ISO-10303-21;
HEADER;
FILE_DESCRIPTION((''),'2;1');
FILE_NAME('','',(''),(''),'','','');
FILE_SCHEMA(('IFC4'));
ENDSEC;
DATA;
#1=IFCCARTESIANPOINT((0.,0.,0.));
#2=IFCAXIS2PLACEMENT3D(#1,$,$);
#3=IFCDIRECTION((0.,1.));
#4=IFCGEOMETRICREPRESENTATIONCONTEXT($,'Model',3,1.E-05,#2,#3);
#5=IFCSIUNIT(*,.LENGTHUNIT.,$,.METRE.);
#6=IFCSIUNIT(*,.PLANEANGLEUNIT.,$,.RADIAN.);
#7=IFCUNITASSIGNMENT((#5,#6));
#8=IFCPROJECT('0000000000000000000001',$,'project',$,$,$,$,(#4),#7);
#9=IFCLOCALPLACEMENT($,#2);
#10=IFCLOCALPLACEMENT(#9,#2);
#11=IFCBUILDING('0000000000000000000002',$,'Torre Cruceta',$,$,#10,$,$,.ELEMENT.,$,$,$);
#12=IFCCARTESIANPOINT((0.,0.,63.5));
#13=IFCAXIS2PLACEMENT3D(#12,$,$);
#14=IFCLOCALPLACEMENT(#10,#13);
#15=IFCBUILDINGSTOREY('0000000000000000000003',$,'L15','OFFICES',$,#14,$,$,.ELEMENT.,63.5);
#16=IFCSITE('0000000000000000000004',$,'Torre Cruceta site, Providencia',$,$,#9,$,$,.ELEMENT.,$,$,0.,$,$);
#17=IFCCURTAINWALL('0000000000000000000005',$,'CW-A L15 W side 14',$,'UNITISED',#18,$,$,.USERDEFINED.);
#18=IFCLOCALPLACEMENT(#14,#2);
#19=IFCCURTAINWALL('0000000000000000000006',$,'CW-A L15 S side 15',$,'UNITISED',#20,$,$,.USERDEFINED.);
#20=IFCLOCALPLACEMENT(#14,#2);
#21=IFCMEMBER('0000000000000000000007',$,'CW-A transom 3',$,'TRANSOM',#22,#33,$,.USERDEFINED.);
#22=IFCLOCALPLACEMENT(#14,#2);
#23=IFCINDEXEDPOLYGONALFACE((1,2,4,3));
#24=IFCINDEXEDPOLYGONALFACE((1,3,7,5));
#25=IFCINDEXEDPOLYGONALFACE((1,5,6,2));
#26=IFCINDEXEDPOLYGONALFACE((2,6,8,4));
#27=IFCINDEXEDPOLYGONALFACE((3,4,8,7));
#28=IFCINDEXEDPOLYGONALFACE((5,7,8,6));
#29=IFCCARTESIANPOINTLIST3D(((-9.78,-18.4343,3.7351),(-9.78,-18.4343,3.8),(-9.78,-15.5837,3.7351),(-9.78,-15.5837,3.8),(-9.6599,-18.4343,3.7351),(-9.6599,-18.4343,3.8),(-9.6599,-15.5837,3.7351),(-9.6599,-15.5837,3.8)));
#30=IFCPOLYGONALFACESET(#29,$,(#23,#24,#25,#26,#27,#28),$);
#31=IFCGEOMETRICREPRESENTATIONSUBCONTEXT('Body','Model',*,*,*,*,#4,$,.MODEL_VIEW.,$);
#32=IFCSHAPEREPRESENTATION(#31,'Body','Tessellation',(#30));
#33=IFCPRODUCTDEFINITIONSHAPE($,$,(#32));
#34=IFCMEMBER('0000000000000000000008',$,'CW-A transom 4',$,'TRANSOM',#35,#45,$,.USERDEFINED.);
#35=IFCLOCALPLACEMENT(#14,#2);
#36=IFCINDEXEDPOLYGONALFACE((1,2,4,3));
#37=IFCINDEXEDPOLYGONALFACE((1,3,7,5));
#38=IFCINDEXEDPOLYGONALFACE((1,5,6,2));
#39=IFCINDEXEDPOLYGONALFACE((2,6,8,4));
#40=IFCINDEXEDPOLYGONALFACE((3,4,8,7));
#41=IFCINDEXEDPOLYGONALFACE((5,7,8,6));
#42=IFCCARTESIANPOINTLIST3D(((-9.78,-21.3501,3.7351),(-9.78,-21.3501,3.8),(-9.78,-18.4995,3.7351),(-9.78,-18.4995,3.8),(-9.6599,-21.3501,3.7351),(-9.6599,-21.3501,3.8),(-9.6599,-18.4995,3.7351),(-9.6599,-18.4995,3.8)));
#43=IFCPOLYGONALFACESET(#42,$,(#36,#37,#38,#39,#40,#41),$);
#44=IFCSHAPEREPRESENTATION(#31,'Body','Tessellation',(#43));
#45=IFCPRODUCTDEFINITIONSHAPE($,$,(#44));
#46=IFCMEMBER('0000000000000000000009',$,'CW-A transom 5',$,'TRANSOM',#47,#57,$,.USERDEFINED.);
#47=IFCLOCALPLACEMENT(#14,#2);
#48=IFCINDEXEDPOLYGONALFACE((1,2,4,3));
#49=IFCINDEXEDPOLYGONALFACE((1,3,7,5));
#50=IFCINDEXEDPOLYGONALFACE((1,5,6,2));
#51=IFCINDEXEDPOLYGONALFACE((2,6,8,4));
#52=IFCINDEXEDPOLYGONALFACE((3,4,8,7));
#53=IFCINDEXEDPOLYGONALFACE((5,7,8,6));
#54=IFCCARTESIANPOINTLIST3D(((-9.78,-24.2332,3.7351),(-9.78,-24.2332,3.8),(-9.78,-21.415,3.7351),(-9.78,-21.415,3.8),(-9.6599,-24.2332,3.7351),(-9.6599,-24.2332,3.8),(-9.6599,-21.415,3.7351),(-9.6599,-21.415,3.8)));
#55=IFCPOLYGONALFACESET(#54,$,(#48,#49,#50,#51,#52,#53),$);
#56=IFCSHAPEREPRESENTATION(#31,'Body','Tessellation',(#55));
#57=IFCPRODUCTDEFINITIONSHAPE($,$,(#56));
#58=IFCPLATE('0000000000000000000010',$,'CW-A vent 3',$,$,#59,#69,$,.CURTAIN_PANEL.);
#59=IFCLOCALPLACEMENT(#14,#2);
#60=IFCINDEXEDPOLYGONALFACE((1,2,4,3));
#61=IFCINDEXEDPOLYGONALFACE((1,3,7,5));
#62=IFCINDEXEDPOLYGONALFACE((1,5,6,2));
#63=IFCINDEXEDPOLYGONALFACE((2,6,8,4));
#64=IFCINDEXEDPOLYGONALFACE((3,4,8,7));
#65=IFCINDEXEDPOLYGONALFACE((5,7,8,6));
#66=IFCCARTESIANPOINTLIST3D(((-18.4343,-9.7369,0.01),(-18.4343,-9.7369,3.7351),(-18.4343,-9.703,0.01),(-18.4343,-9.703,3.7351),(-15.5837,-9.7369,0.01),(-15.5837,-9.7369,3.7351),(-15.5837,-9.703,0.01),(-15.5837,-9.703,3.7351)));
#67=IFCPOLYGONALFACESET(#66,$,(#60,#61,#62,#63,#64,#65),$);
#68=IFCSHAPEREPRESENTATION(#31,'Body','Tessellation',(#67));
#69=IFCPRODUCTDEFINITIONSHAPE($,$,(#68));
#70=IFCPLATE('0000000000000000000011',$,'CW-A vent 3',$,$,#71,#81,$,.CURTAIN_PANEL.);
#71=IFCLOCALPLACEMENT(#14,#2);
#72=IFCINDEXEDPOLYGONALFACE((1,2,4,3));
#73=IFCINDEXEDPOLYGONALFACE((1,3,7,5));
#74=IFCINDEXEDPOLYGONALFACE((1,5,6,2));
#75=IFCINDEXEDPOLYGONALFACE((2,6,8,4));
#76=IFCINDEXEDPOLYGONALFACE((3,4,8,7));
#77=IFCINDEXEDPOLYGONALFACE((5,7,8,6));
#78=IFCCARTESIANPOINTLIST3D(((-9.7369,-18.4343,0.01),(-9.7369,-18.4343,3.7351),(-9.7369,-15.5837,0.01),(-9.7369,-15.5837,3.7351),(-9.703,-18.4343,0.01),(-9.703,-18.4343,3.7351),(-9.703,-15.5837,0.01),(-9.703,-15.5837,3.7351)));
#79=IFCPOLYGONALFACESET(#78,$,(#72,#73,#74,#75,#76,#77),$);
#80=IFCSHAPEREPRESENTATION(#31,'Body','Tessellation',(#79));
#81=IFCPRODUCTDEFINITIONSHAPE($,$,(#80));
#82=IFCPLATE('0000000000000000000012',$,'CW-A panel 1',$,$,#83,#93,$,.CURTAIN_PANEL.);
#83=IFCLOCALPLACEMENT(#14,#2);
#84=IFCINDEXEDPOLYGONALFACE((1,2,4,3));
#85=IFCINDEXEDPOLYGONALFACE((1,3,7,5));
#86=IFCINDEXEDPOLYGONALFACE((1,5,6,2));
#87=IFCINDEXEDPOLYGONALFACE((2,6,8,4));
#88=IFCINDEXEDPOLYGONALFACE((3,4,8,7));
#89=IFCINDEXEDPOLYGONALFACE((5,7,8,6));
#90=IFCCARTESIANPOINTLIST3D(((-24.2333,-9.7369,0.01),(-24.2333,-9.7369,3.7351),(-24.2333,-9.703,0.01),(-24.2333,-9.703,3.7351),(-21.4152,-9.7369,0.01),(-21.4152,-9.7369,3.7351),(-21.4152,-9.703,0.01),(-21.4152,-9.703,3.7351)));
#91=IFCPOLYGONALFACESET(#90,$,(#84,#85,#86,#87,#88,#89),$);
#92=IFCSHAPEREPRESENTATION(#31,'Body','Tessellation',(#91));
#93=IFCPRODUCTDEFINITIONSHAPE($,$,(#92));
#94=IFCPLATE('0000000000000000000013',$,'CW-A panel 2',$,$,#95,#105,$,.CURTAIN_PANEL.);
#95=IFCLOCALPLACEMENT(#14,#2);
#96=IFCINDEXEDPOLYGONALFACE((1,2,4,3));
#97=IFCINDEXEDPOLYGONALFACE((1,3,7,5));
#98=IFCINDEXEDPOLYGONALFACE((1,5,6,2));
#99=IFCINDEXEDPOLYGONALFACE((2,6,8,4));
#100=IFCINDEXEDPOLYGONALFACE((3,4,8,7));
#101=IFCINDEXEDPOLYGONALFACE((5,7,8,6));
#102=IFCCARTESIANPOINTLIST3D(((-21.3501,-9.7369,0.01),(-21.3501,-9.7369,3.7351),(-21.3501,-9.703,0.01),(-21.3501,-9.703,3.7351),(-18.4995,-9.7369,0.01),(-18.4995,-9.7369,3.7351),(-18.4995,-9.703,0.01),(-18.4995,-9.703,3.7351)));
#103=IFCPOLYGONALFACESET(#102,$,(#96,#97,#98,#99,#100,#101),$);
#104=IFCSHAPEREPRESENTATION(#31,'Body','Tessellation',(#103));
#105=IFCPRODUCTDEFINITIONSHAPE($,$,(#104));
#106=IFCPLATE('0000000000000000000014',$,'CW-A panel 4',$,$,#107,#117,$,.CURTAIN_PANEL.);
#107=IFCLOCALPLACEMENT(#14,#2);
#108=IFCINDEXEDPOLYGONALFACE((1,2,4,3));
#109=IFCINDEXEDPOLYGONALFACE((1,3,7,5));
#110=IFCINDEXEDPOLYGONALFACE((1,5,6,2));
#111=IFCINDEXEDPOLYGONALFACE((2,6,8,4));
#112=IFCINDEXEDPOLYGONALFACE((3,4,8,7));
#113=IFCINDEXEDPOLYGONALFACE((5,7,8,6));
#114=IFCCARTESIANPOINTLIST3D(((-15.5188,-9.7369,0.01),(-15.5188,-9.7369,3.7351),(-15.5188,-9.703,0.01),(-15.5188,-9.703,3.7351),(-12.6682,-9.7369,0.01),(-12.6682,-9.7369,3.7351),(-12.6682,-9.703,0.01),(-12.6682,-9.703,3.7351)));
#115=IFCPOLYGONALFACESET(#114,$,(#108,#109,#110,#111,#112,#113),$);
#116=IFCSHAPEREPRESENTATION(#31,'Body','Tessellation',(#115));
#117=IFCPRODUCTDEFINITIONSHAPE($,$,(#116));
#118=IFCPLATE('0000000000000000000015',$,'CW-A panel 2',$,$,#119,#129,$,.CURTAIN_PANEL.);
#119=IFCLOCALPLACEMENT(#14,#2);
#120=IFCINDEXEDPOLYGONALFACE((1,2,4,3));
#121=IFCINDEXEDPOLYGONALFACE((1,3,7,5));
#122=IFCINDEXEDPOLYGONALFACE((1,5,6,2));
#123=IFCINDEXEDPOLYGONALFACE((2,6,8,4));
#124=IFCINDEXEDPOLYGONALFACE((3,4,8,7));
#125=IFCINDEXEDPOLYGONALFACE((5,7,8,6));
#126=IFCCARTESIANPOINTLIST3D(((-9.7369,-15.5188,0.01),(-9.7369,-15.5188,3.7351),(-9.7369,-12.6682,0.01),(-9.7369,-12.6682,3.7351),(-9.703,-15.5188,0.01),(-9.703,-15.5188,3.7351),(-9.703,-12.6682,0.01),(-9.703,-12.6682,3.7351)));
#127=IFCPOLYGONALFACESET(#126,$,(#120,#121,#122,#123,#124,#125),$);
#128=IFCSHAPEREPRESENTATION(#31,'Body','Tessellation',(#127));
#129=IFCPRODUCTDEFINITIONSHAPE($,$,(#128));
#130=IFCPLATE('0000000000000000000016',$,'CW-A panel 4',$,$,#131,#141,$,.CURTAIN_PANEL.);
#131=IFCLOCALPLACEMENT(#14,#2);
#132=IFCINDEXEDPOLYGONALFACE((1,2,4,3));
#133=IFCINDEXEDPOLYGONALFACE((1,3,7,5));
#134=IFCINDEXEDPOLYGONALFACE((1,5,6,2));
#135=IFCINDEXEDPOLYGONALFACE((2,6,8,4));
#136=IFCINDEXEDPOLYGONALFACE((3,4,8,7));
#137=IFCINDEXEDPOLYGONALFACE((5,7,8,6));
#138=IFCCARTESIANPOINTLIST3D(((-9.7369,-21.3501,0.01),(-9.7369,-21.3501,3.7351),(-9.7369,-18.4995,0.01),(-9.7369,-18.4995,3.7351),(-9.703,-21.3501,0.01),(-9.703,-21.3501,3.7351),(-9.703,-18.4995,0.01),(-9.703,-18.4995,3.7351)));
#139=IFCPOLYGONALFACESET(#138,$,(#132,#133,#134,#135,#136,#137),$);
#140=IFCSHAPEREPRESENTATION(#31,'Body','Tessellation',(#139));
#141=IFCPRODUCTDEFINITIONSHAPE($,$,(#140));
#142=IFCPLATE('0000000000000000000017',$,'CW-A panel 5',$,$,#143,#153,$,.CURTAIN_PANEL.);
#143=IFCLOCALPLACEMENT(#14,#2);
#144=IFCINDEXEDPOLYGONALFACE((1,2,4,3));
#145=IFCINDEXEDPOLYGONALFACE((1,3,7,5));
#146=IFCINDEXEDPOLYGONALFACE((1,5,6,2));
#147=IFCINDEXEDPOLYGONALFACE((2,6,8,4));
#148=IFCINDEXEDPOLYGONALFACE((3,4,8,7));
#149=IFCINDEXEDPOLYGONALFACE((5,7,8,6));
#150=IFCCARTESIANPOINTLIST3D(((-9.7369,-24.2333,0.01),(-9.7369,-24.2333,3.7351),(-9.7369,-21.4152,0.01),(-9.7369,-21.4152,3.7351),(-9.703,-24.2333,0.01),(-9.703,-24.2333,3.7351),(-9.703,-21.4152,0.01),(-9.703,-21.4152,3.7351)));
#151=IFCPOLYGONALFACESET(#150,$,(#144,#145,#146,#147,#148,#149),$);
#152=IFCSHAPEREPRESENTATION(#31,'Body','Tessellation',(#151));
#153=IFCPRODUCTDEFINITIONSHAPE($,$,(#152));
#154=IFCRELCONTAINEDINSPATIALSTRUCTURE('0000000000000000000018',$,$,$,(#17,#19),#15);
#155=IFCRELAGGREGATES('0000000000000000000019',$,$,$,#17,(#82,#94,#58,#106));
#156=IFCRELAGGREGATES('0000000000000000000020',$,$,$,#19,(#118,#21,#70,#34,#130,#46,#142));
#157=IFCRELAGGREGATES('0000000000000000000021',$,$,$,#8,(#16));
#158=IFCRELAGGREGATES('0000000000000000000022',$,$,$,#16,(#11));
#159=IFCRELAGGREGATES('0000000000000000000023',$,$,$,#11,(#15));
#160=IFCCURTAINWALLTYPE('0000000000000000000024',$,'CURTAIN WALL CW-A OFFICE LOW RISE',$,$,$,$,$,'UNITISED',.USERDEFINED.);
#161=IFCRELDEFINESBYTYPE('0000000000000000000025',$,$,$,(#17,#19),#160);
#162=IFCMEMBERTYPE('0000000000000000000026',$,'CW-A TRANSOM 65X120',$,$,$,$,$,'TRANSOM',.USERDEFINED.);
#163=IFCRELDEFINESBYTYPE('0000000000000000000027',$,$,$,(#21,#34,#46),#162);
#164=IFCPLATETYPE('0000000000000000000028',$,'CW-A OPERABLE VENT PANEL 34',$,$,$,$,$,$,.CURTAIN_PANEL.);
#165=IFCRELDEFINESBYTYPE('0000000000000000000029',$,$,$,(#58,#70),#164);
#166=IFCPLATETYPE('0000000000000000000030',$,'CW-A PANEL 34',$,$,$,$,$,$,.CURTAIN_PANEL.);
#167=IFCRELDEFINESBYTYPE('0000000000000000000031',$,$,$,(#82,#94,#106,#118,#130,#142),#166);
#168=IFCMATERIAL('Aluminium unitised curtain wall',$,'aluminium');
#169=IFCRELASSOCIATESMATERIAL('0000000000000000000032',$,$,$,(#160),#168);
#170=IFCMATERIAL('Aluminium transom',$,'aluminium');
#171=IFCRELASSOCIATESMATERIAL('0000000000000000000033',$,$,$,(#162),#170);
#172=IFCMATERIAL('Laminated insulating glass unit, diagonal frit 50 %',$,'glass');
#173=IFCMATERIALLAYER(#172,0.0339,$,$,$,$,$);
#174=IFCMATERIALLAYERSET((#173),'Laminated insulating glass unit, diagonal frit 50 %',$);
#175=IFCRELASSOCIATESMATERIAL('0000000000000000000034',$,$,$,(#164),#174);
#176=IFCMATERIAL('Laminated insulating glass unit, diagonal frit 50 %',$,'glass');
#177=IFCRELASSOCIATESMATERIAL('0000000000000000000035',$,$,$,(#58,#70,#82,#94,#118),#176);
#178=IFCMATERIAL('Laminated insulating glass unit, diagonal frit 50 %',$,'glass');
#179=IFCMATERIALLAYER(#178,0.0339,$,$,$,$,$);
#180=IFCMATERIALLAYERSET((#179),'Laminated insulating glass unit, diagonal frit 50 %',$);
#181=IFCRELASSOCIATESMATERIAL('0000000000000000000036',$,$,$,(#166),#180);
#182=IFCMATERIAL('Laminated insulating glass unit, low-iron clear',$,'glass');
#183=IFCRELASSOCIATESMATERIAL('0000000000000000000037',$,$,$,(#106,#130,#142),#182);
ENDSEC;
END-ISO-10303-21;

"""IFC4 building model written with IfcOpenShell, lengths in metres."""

from ifc_helpers import new_model, si_unit, direction, frame, origin, origin_2d, place, context, subcontext, project, spatial, rectangle, extrude, material, layer, layer_set, material_profile, profile_set, type_object, element, aggregate, save


model = new_model("IFC4")

# Units and contexts
model_context = context("Model", 3, precision=1e-05, world=origin(), true_north=direction((0.0, 1.0)))
body_context = subcontext(model_context, "Body", "Model", "MODEL_VIEW")
ifc_project = project(units=[si_unit("LENGTHUNIT", "METRE"), si_unit("PLANEANGLEUNIT", "RADIAN")], contexts=[model_context])

# Site, building, storey
site_placement = place(None, origin())
site = spatial("IfcSite", under=ifc_project, at=site_placement, Name="Torre Cruceta site, Providencia", CompositionType="ELEMENT", RefElevation=0.0)
building_placement = place(site_placement, origin())
building = spatial("IfcBuilding", under=site, at=building_placement, Name="Torre Cruceta", CompositionType="ELEMENT")
storey_placement = place(building_placement, frame((0.0, 0.0, 63.5)))
storey = spatial("IfcBuildingStorey", under=building, at=storey_placement, Name="L15", Description="OFFICES", CompositionType="ELEMENT", Elevation=63.5)

# Curtain walls
ifc_material_1 = material(Name="Aluminium unitised curtain wall", Category="aluminium")
curtain_wall_type = type_object("IfcCurtainWallType", Name="CURTAIN WALL CW-A OFFICE LOW RISE", ElementType="UNITISED", PredefinedType="USERDEFINED", material=ifc_material_1)
curtain_wall_1_placement = place(storey_placement, origin())
curtain_wall_1 = element("IfcCurtainWall", 1, at=curtain_wall_1_placement, inside=storey, type_object=curtain_wall_type, Name="CW-A L15 W side 14", ObjectType="UNITISED", PredefinedType="USERDEFINED")
curtain_wall_2_placement = place(storey_placement, origin())
curtain_wall_2 = element("IfcCurtainWall", 2, at=curtain_wall_2_placement, inside=storey, type_object=curtain_wall_type, Name="CW-A L15 S side 15", ObjectType="UNITISED", PredefinedType="USERDEFINED")

# Members
ifc_material_2 = material(Name="Aluminium transom", Category="aluminium")
ifc_material_profile_1 = material_profile(ifc_material_2, rectangle(XDim=0.1201, YDim=0.0649, at=origin_2d()), Name="AL 120X65")
ifc_profile_set_1 = profile_set([ifc_material_profile_1], Name="Aluminium transom")
member_type_1 = type_object("IfcMemberType", Name="CW-A TRANSOM 65X120", ElementType="TRANSOM", PredefinedType="USERDEFINED", material=ifc_profile_set_1)
member_1_placement = place(storey_placement, frame((-9.72, -15.5837, 3.7676), z_axis=(0.0, -1.0, 0.0), x_axis=(1.0, 0.0, 0.0)))
member_1 = element("IfcMember", 3, at=member_1_placement, type_object=member_type_1, Name="CW-A transom 3", ObjectType="TRANSOM", PredefinedType="USERDEFINED", context=body_context, shape_type="SweptSolid", body=[
    extrude(rectangle(XDim=0.1201, YDim=0.0649, at=origin_2d()), origin(), (0.0, 0.0, 1.0), 2.8506),
])
member_2_placement = place(storey_placement, frame((-9.72, -18.4995, 3.7676), z_axis=(0.0, -1.0, 0.0), x_axis=(1.0, 0.0, 0.0)))
member_2 = element("IfcMember", 4, at=member_2_placement, type_object=member_type_1, Name="CW-A transom 4", ObjectType="TRANSOM", PredefinedType="USERDEFINED", context=body_context, shape_type="SweptSolid", body=[
    extrude(rectangle(XDim=0.1201, YDim=0.0649, at=origin_2d()), origin(), (0.0, 0.0, 1.0), 2.8506),
])
member_3_placement = place(storey_placement, frame((-9.72, -21.415, 3.7676), z_axis=(0.0, -1.0, 0.0), x_axis=(1.0, 0.0, 0.0)))
member_3 = element("IfcMember", 5, at=member_3_placement, type_object=member_type_1, Name="CW-A transom 5", ObjectType="TRANSOM", PredefinedType="USERDEFINED", context=body_context, shape_type="SweptSolid", body=[
    extrude(rectangle(XDim=0.1201, YDim=0.0649, at=origin_2d()), origin(), (0.0, 0.0, 1.0), 2.8181),
])

# Plates
ifc_material_3 = material(Name="Laminated insulating glass unit, diagonal frit 50 %", Category="glass")
ifc_material_4 = material(Name="Laminated insulating glass unit, diagonal frit 50 %", Category="glass")
ifc_layer_1 = layer(ifc_material_4, 0.0339)
ifc_layer_set_1 = layer_set([ifc_layer_1], Name="Laminated insulating glass unit, diagonal frit 50 %")
plate_type_1 = type_object("IfcPlateType", Name="CW-A OPERABLE VENT PANEL 34", PredefinedType="CURTAIN_PANEL", material=ifc_layer_set_1)
plate_1_placement = place(storey_placement, frame((-17.009, -9.72, 0.01), z_axis=(0.0, 0.0, 1.0), x_axis=(1.0, 0.0, 0.0)))
plate_1 = element("IfcPlate", 6, at=plate_1_placement, type_object=plate_type_1, material=ifc_material_3, Name="CW-A vent 3", PredefinedType="CURTAIN_PANEL", context=body_context, shape_type="SweptSolid", body=[
    extrude(rectangle(XDim=2.8506, YDim=0.0339, at=origin_2d()), origin(), (0.0, 0.0, 1.0), 3.7251),
])
plate_2_placement = place(storey_placement, frame((-9.72, -17.009, 0.01), z_axis=(0.0, 0.0, 1.0), x_axis=(0.0, -1.0, 0.0)))
plate_2 = element("IfcPlate", 7, at=plate_2_placement, type_object=plate_type_1, material=ifc_material_3, Name="CW-A vent 3", PredefinedType="CURTAIN_PANEL", context=body_context, shape_type="SweptSolid", body=[
    extrude(rectangle(XDim=2.8506, YDim=0.0339, at=origin_2d()), origin(), (0.0, 0.0, 1.0), 3.7251),
])
ifc_material_5 = material(Name="Laminated insulating glass unit, diagonal frit 50 %", Category="glass")
ifc_layer_2 = layer(ifc_material_5, 0.0339)
ifc_layer_set_2 = layer_set([ifc_layer_2], Name="Laminated insulating glass unit, diagonal frit 50 %")
plate_type_2 = type_object("IfcPlateType", Name="CW-A PANEL 34", PredefinedType="CURTAIN_PANEL", material=ifc_layer_set_2)
plate_3_placement = place(storey_placement, frame((-22.8242, -9.72, 0.01), z_axis=(0.0, 0.0, 1.0), x_axis=(1.0, 0.0, 0.0)))
plate_3 = element("IfcPlate", 8, at=plate_3_placement, type_object=plate_type_2, material=ifc_material_3, Name="CW-A panel 1", PredefinedType="CURTAIN_PANEL", context=body_context, shape_type="SweptSolid", body=[
    extrude(rectangle(XDim=2.8181, YDim=0.0339, at=origin_2d()), origin(), (0.0, 0.0, 1.0), 3.7251),
])
plate_4_placement = place(storey_placement, frame((-19.9248, -9.72, 0.01), z_axis=(0.0, 0.0, 1.0), x_axis=(1.0, 0.0, 0.0)))
plate_4 = element("IfcPlate", 9, at=plate_4_placement, type_object=plate_type_2, material=ifc_material_3, Name="CW-A panel 2", PredefinedType="CURTAIN_PANEL", context=body_context, shape_type="SweptSolid", body=[
    extrude(rectangle(XDim=2.8506, YDim=0.0339, at=origin_2d()), origin(), (0.0, 0.0, 1.0), 3.7251),
])
ifc_material_6 = material(Name="Laminated insulating glass unit, low-iron clear", Category="glass")
plate_5_placement = place(storey_placement, frame((-14.0935, -9.72, 0.01), z_axis=(0.0, 0.0, 1.0), x_axis=(1.0, 0.0, 0.0)))
plate_5 = element("IfcPlate", 10, at=plate_5_placement, type_object=plate_type_2, material=ifc_material_6, Name="CW-A panel 4", PredefinedType="CURTAIN_PANEL", context=body_context, shape_type="SweptSolid", body=[
    extrude(rectangle(XDim=2.8506, YDim=0.0339, at=origin_2d()), origin(), (0.0, 0.0, 1.0), 3.7251),
])
aggregate(curtain_wall_1, [plate_3, plate_4, plate_1, plate_5])
plate_6_placement = place(storey_placement, frame((-9.72, -14.0935, 0.01), z_axis=(0.0, 0.0, 1.0), x_axis=(0.0, -1.0, 0.0)))
plate_6 = element("IfcPlate", 11, at=plate_6_placement, type_object=plate_type_2, material=ifc_material_3, Name="CW-A panel 2", PredefinedType="CURTAIN_PANEL", context=body_context, shape_type="SweptSolid", body=[
    extrude(rectangle(XDim=2.8506, YDim=0.0339, at=origin_2d()), origin(), (0.0, 0.0, 1.0), 3.7251),
])
plate_7_placement = place(storey_placement, frame((-9.72, -19.9248, 0.01), z_axis=(0.0, 0.0, 1.0), x_axis=(0.0, -1.0, 0.0)))
plate_7 = element("IfcPlate", 12, at=plate_7_placement, type_object=plate_type_2, material=ifc_material_6, Name="CW-A panel 4", PredefinedType="CURTAIN_PANEL", context=body_context, shape_type="SweptSolid", body=[
    extrude(rectangle(XDim=2.8506, YDim=0.0339, at=origin_2d()), origin(), (0.0, 0.0, 1.0), 3.7251),
])
plate_8_placement = place(storey_placement, frame((-9.72, -22.8242, 0.01), z_axis=(0.0, 0.0, 1.0), x_axis=(0.0, -1.0, 0.0)))
plate_8 = element("IfcPlate", 13, at=plate_8_placement, type_object=plate_type_2, material=ifc_material_6, Name="CW-A panel 5", PredefinedType="CURTAIN_PANEL", context=body_context, shape_type="SweptSolid", body=[
    extrude(rectangle(XDim=2.8181, YDim=0.0339, at=origin_2d()), origin(), (0.0, 0.0, 1.0), 3.7251),
])
aggregate(curtain_wall_2, [plate_6, member_1, plate_2, member_2, plate_7, member_3, plate_8])

save(model, "model.ifc")
